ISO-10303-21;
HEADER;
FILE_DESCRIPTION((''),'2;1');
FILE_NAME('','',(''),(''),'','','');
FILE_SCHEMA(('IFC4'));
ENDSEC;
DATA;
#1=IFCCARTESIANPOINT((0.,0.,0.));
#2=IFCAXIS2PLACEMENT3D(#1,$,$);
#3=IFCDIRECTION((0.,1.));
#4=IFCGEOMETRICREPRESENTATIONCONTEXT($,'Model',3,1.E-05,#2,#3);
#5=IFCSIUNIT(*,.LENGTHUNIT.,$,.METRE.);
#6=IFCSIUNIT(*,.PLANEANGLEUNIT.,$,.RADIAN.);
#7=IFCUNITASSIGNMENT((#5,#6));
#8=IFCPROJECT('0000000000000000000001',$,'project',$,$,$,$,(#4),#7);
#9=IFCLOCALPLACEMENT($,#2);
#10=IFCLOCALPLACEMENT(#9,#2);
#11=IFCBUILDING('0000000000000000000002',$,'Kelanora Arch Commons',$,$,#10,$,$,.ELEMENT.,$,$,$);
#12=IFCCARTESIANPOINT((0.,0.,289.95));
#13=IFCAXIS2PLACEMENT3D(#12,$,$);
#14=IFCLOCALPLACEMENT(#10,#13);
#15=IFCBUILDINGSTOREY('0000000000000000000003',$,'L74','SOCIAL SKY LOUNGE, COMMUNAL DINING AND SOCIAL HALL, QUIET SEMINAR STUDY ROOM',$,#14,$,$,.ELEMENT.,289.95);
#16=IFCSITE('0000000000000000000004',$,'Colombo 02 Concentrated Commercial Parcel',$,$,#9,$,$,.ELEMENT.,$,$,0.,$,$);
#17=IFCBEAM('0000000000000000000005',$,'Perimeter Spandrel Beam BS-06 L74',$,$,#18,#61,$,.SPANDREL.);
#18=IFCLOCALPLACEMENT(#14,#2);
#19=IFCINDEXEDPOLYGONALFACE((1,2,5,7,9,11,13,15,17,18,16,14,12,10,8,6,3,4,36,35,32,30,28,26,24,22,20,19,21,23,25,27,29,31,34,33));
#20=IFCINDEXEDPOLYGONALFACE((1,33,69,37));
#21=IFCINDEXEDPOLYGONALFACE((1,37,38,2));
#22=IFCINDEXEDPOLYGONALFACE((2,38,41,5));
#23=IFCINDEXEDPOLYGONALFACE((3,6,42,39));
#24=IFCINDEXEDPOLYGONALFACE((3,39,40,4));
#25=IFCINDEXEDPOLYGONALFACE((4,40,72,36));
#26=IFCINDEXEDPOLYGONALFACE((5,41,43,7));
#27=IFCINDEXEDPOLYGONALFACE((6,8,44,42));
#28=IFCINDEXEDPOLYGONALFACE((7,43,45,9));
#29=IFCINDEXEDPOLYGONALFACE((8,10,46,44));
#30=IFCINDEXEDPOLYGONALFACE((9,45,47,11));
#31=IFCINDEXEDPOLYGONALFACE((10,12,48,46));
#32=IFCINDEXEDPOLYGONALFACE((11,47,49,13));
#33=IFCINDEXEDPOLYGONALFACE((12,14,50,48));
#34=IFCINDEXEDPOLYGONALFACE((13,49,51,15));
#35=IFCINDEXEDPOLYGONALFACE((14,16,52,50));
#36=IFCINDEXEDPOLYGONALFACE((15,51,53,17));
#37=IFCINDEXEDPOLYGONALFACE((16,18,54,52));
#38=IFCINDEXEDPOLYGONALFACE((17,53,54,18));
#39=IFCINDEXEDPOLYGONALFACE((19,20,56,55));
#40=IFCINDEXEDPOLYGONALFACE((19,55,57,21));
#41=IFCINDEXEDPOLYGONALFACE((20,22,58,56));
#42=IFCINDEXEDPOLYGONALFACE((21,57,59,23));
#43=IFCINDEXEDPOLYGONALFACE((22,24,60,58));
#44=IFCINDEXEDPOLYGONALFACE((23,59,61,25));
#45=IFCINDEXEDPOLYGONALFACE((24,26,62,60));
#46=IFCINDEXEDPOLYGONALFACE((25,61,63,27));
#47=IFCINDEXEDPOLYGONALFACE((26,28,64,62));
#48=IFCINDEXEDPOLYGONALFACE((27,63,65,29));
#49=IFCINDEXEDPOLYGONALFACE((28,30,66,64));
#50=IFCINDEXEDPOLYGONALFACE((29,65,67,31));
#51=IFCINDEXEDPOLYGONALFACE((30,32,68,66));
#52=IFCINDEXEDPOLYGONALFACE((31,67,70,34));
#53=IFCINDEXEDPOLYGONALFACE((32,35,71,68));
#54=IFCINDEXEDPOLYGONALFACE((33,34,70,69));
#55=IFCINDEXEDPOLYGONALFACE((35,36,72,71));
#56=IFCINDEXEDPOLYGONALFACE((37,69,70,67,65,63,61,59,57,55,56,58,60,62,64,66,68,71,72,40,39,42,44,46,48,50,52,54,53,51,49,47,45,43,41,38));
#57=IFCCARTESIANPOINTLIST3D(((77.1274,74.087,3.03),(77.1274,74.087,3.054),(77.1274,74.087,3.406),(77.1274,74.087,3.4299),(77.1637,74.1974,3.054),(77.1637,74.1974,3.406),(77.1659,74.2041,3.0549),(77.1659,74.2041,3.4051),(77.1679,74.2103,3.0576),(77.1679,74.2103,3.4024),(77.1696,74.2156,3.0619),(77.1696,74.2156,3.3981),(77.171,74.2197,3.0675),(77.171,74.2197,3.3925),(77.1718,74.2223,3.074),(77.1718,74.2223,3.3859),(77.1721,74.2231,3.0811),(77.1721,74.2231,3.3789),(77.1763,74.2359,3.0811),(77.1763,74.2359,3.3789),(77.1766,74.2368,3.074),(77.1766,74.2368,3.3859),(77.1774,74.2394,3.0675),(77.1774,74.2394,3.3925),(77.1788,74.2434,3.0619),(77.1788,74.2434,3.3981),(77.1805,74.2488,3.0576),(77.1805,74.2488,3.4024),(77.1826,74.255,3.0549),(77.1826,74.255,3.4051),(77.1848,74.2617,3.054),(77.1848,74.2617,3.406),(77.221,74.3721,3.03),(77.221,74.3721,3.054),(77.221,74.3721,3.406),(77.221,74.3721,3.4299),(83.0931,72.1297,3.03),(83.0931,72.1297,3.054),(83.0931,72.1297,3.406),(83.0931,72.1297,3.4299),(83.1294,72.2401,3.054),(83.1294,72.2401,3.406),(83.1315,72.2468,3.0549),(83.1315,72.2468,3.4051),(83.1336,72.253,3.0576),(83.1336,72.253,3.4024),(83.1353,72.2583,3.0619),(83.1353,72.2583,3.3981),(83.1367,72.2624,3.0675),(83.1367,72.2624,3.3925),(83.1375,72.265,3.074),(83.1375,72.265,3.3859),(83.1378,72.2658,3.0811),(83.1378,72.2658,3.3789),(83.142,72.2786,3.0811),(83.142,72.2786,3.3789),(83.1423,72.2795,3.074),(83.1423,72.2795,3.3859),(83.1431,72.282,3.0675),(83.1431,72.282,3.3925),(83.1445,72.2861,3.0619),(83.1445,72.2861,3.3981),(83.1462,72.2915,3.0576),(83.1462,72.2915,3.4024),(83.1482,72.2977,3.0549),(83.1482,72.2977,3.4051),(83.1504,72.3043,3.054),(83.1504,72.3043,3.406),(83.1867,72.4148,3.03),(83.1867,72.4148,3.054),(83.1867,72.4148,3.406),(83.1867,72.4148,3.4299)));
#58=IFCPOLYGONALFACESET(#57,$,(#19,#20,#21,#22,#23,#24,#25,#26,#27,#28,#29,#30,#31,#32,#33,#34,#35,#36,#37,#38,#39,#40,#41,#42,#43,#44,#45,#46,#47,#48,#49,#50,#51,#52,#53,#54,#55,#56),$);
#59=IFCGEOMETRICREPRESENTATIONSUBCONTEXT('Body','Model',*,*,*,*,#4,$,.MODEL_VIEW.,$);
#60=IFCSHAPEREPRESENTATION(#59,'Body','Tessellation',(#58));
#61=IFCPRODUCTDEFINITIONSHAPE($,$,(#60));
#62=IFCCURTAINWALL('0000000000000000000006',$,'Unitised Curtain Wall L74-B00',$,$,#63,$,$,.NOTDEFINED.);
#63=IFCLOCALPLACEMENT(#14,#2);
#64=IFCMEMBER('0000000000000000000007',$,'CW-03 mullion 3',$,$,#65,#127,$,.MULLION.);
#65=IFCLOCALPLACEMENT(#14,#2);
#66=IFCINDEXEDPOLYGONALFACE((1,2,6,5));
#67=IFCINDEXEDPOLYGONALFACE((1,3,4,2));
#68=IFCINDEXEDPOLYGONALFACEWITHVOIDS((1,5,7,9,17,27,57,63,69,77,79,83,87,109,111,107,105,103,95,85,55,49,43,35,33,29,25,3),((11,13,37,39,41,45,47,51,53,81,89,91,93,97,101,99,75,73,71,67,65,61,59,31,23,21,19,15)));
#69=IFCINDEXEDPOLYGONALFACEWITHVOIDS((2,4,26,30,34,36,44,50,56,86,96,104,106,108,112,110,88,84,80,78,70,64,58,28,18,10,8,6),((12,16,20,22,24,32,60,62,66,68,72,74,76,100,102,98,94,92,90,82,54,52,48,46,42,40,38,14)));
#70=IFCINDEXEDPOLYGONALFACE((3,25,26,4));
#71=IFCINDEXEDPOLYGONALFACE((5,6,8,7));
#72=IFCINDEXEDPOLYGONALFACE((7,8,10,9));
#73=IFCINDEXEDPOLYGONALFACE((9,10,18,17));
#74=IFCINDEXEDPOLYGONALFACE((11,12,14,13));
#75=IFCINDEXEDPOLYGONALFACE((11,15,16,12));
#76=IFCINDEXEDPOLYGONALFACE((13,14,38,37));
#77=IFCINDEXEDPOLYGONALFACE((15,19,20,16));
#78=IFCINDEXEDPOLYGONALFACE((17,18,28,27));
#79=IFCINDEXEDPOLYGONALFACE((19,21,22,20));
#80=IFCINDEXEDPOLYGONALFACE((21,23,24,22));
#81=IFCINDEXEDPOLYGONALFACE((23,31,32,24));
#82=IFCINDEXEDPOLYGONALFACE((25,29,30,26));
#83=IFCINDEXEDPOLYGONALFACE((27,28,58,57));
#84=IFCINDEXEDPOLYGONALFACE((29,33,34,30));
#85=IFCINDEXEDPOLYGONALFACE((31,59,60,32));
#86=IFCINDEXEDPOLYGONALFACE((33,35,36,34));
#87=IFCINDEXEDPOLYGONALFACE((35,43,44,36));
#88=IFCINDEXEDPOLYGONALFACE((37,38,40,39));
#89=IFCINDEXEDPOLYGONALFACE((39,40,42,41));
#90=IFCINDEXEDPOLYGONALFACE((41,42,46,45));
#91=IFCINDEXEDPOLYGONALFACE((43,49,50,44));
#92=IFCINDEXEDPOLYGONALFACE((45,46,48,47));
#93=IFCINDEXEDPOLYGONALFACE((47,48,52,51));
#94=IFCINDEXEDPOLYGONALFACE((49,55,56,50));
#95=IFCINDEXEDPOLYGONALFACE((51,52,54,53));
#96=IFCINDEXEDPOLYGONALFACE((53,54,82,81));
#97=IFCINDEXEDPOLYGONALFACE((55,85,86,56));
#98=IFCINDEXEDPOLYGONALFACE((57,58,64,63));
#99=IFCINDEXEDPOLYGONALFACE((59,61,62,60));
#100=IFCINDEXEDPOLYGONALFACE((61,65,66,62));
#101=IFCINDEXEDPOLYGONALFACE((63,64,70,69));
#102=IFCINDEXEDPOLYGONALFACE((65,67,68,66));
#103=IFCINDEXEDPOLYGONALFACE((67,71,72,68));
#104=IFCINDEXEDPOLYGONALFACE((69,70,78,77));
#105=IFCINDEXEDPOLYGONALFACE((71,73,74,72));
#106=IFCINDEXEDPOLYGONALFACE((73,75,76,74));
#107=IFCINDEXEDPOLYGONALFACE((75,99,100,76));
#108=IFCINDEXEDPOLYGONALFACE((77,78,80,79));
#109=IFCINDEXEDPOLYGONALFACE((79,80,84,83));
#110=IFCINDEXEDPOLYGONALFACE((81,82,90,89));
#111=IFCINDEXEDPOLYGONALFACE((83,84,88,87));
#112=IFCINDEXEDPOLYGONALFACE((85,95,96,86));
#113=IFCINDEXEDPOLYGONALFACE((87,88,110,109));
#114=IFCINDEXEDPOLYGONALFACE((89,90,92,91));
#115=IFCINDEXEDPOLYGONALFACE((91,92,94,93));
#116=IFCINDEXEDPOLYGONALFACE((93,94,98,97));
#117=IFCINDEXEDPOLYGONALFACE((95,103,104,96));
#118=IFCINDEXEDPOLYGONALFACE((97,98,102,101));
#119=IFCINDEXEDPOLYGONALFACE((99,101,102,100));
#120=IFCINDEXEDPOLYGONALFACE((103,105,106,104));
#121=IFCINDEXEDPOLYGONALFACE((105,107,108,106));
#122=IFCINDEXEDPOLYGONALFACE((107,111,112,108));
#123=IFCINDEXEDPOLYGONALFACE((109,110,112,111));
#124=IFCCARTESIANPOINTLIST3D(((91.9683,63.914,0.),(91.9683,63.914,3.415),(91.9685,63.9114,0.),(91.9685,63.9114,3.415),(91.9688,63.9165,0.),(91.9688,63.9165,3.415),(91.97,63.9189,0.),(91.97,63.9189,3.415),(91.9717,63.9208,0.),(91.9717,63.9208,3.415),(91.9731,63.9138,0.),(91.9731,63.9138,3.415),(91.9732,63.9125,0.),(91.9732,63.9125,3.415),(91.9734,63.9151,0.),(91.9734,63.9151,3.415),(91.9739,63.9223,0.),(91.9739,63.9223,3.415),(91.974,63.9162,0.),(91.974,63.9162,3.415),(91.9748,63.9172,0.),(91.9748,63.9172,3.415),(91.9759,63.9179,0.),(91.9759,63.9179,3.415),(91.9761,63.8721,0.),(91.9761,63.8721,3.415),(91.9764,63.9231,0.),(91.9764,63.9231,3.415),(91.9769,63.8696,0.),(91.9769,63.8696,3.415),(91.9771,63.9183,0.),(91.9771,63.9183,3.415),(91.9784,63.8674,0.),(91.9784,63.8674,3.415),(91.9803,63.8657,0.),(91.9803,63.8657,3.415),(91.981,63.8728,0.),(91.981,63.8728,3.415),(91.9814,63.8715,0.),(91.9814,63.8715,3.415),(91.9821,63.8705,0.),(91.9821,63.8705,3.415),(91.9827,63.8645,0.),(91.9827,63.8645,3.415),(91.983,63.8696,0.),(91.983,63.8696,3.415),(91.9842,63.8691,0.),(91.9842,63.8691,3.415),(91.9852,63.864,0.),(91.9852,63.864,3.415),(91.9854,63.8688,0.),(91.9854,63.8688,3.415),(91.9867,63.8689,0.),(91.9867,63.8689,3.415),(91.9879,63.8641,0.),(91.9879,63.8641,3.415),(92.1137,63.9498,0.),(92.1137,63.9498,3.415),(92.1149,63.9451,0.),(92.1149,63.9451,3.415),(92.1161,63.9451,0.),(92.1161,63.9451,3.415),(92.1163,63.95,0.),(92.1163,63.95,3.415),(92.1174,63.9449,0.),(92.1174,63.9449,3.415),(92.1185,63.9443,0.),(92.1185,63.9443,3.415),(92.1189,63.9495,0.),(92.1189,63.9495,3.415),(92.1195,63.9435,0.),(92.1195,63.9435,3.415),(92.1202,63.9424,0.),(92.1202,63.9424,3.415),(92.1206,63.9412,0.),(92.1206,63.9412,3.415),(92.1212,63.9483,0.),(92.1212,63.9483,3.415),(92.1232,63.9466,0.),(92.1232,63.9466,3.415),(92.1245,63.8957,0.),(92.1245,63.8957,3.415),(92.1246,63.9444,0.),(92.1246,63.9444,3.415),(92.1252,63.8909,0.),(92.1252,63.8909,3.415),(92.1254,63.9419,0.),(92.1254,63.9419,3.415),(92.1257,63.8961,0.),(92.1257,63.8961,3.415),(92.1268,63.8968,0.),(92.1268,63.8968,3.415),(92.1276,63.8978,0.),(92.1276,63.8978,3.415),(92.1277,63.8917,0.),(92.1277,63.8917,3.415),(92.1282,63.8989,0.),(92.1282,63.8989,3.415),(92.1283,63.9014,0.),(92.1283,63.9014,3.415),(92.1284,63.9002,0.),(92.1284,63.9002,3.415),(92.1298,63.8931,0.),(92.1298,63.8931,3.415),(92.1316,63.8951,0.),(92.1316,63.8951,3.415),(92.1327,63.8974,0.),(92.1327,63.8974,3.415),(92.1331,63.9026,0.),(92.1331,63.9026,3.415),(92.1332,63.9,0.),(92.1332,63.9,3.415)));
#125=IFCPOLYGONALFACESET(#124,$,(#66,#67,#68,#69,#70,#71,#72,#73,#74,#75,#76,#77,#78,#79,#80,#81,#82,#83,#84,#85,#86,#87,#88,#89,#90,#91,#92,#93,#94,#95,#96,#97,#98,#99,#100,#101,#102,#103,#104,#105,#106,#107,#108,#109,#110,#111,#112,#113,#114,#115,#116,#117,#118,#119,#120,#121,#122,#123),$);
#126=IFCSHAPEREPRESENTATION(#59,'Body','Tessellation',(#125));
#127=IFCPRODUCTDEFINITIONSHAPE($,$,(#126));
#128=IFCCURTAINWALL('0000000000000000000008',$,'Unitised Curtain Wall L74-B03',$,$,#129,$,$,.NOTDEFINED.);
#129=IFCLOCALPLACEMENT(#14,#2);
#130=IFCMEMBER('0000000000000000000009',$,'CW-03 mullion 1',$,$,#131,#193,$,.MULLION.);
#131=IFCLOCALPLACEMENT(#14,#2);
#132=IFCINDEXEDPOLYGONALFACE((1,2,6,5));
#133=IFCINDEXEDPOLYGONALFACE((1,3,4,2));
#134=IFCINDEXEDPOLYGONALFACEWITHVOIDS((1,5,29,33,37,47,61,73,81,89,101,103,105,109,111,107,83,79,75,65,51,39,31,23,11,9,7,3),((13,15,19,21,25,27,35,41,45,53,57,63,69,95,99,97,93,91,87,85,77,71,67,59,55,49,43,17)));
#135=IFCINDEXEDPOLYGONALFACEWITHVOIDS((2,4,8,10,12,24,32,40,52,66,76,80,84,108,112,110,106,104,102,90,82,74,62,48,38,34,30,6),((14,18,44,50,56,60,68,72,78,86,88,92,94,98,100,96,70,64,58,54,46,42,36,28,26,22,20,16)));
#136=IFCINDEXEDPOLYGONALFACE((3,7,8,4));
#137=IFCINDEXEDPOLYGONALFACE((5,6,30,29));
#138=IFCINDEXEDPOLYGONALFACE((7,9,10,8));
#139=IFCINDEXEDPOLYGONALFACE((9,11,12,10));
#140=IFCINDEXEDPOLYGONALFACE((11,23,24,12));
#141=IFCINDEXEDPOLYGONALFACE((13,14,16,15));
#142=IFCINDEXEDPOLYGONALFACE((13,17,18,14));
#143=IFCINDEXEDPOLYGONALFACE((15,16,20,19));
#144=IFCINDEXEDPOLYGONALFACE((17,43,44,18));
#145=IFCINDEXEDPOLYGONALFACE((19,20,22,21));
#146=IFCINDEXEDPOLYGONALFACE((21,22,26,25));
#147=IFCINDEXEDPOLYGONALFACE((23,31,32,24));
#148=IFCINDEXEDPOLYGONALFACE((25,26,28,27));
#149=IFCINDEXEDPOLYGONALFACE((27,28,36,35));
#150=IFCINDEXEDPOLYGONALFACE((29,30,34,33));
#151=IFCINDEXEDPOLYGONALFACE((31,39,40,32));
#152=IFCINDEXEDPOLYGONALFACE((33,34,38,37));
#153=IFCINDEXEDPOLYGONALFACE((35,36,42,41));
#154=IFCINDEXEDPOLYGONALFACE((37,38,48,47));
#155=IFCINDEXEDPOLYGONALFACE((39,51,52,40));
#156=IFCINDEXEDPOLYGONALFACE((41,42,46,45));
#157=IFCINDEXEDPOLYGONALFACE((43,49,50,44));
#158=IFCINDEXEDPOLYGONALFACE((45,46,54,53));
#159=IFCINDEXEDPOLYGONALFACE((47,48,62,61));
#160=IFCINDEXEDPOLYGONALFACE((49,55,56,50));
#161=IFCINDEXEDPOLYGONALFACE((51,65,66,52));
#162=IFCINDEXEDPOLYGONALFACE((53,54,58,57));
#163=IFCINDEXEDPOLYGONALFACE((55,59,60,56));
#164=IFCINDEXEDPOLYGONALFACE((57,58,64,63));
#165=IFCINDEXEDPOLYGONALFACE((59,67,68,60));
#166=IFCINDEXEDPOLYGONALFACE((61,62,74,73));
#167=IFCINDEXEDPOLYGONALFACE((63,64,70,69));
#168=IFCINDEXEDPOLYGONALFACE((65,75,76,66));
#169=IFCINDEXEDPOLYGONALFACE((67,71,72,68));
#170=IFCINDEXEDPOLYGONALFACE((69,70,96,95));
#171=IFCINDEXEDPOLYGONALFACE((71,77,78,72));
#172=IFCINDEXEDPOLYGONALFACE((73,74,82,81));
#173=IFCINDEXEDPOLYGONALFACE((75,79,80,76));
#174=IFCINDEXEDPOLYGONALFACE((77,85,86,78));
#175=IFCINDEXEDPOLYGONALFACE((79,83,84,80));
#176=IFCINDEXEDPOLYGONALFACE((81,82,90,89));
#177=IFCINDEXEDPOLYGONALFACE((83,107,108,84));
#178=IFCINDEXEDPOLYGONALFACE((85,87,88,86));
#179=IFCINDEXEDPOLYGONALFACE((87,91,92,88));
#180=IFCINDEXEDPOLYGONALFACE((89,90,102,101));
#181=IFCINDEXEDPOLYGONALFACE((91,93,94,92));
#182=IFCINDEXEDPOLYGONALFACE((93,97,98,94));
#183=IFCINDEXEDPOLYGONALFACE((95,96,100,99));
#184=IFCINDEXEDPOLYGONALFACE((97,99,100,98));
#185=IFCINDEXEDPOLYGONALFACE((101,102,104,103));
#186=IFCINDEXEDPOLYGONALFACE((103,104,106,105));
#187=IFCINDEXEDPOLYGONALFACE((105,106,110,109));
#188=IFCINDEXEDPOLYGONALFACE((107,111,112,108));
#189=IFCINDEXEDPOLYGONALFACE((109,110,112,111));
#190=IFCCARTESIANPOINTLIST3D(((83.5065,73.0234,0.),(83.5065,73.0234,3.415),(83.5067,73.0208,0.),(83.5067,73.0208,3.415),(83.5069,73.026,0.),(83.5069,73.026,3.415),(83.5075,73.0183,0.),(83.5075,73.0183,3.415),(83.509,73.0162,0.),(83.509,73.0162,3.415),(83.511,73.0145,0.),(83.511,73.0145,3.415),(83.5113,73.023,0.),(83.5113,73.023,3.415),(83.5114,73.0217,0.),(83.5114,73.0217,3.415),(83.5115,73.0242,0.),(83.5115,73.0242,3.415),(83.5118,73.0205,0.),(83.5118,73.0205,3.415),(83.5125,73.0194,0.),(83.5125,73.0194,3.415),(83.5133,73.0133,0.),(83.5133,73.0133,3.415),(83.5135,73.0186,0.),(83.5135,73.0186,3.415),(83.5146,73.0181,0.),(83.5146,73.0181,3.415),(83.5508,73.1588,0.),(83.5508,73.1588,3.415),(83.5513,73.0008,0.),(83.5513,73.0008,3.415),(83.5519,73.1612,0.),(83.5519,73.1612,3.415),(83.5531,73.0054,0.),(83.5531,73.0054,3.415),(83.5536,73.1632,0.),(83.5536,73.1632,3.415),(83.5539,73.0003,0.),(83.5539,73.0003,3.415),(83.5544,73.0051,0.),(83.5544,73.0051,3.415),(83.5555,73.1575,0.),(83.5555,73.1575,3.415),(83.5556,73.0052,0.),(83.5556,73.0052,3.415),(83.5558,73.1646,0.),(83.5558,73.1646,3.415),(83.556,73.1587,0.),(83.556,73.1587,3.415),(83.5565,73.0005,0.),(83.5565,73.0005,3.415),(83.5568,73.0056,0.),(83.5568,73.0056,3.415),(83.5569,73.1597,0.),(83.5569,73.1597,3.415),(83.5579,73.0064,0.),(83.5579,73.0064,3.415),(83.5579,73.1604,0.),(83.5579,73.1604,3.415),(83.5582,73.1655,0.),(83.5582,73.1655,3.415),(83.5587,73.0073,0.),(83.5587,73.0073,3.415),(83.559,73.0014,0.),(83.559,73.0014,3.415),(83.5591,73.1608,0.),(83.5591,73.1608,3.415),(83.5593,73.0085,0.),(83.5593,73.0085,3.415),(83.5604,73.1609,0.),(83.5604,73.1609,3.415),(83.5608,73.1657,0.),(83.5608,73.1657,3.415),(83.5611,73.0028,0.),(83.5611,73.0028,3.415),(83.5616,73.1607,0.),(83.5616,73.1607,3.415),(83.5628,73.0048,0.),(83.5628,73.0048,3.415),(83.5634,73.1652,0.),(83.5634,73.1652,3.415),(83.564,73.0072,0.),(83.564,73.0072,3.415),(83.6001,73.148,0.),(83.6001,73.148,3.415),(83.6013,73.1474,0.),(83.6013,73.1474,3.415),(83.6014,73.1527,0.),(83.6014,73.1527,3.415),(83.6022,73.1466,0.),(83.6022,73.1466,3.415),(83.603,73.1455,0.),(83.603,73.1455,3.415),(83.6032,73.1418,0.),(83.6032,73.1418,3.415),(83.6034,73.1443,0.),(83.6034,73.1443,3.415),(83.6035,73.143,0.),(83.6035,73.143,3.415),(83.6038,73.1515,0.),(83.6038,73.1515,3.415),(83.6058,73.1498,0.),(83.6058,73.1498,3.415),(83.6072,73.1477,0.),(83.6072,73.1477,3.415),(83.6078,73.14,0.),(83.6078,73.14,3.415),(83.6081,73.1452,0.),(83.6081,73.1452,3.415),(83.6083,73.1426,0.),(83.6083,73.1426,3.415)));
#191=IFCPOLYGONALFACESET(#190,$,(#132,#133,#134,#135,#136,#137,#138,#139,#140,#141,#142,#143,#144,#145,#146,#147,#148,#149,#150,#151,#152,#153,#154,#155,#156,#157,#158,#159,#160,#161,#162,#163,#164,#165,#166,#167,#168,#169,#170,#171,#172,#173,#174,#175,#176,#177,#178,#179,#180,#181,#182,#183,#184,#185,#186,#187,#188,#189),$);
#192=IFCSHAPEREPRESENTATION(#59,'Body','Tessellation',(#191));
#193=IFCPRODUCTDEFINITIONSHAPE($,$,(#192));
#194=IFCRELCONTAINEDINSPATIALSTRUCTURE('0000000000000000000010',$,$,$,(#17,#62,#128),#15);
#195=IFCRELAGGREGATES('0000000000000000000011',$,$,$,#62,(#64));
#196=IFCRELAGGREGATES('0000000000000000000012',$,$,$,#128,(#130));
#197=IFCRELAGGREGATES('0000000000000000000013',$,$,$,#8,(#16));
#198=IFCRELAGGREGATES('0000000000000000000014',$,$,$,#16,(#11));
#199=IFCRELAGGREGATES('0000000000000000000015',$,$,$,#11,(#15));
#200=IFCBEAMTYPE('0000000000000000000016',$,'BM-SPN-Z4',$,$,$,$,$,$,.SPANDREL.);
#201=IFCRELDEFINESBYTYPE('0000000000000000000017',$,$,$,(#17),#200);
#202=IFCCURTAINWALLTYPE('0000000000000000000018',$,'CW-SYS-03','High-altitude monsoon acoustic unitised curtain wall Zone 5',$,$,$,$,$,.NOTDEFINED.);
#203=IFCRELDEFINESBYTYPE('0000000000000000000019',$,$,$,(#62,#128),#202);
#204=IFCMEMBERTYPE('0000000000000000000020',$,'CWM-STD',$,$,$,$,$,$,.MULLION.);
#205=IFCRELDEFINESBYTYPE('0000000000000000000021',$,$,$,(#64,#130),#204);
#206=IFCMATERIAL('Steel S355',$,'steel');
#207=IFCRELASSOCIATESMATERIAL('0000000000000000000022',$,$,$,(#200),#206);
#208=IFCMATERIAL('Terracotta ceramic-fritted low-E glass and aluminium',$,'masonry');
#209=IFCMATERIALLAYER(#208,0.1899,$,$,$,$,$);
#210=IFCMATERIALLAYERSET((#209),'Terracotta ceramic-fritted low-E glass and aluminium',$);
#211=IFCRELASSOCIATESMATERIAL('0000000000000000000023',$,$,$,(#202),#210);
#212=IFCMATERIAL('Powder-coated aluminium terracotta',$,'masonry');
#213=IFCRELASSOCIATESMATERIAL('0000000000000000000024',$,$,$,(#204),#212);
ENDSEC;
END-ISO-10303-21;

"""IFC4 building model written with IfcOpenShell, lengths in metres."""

from ifc_helpers import new_model, si_unit, direction, frame, origin, origin_2d, place, context, subcontext, project, spatial, hollow_rectangle, i_section, extrude, material, layer, layer_set, material_profile, profile_set, type_object, element, aggregate, save


model = new_model("IFC4")

# Units and contexts
model_context = context("Model", 3, precision=1e-05, world=origin(), true_north=direction((0.0, 1.0)))
body_context = subcontext(model_context, "Body", "Model", "MODEL_VIEW")
ifc_project = project(units=[si_unit("LENGTHUNIT", "METRE"), si_unit("PLANEANGLEUNIT", "RADIAN")], contexts=[model_context])

# Site, building, storey
site_placement = place(None, origin())
site = spatial("IfcSite", under=ifc_project, at=site_placement, Name="Colombo 02 Concentrated Commercial Parcel", CompositionType="ELEMENT", RefElevation=0.0)
building_placement = place(site_placement, origin())
building = spatial("IfcBuilding", under=site, at=building_placement, Name="Kelanora Arch Commons", CompositionType="ELEMENT")
storey_placement = place(building_placement, frame((0.0, 0.0, 289.95)))
storey = spatial("IfcBuildingStorey", under=building, at=storey_placement, Name="L74", Description="SOCIAL SKY LOUNGE, COMMUNAL DINING AND SOCIAL HALL, QUIET SEMINAR STUDY ROOM", CompositionType="ELEMENT", Elevation=289.95)

# Beam
ifc_material_1 = material(Name="Steel S355", Category="steel")
ifc_material_profile_1 = material_profile(ifc_material_1, i_section(OverallWidth=0.3, OverallDepth=0.3999, WebThickness=0.0134, FlangeThickness=0.0239, FilletRadius=0.0271, at=origin_2d()), Name="HEB400")
ifc_profile_set_1 = profile_set([ifc_material_profile_1], Name="Steel S355")
beam_type_1 = type_object("IfcBeamType", Name="BM-SPN-Z4", PredefinedType="SPANDREL", material=ifc_profile_set_1)
beam_1_placement = place(storey_placement, frame((83.1399, 72.2722, 3.23), z_axis=(-0.950166, 0.311745, 0.0), x_axis=(-0.311745, -0.950166, 0.0)))
element("IfcBeam", 1, at=beam_1_placement, inside=storey, type_object=beam_type_1, Name="Perimeter Spandrel Beam BS-06 L74", PredefinedType="SPANDREL", context=body_context, shape_type="SweptSolid", body=[
    extrude(i_section(OverallWidth=0.3, OverallDepth=0.3999, WebThickness=0.0134, FlangeThickness=0.0239, FilletRadius=0.0271, at=origin_2d()), origin(), (0.0, 0.0, 1.0), 6.2786),
])

# Curtain wall, member
ifc_material_2 = material(Name="Terracotta ceramic-fritted low-E glass and aluminium", Category="masonry")
ifc_layer_1 = layer(ifc_material_2, 0.1899)
ifc_layer_set_1 = layer_set([ifc_layer_1], Name="Terracotta ceramic-fritted low-E glass and aluminium")
curtain_wall_type = type_object("IfcCurtainWallType", Name="CW-SYS-03", Description="High-altitude monsoon acoustic unitised curtain wall Zone 5", PredefinedType="NOTDEFINED", material=ifc_layer_set_1)
curtain_wall_1_placement = place(storey_placement, origin())
curtain_wall_1 = element("IfcCurtainWall", 2, at=curtain_wall_1_placement, inside=storey, type_object=curtain_wall_type, Name="Unitised Curtain Wall L74-B00", PredefinedType="NOTDEFINED")
ifc_material_3 = material(Name="Powder-coated aluminium terracotta", Category="masonry")
ifc_material_profile_2 = material_profile(ifc_material_3, hollow_rectangle(XDim=0.1599, YDim=0.0601, WallThickness=0.0049, InnerFilletRadius=0.0049, OuterFilletRadius=0.01, at=origin_2d()), Name="CWM160x60")
ifc_profile_set_2 = profile_set([ifc_material_profile_2], Name="Powder-coated aluminium terracotta")
member_type_1 = type_object("IfcMemberType", Name="CWM-STD", PredefinedType="MULLION", material=ifc_profile_set_2)
member_1_placement = place(storey_placement, frame((92.0508, 63.907, 0.0), z_axis=(0.0, 0.0, 1.0), x_axis=(-0.981596, -0.190972, 0.0)))
member_1 = element("IfcMember", 3, at=member_1_placement, type_object=member_type_1, Name="CW-03 mullion 3", PredefinedType="MULLION", context=body_context, shape_type="SweptSolid", body=[
    extrude(hollow_rectangle(XDim=0.1599, YDim=0.0601, WallThickness=0.0049, InnerFilletRadius=0.0049, OuterFilletRadius=0.01, at=origin_2d()), origin(), (0.0, 0.0, 1.0), 3.415),
])
aggregate(curtain_wall_1, [member_1])

# Curtain wall, member
curtain_wall_2_placement = place(storey_placement, origin())
curtain_wall_2 = element("IfcCurtainWall", 4, at=curtain_wall_2_placement, inside=storey, type_object=curtain_wall_type, Name="Unitised Curtain Wall L74-B03", PredefinedType="NOTDEFINED")
member_2_placement = place(storey_placement, frame((83.5574, 73.083, 0.0), z_axis=(0.0, 0.0, 1.0), x_axis=(-0.313253, -0.94967, 0.0)))
member_2 = element("IfcMember", 5, at=member_2_placement, type_object=member_type_1, Name="CW-03 mullion 1", PredefinedType="MULLION", context=body_context, shape_type="SweptSolid", body=[
    extrude(hollow_rectangle(XDim=0.1599, YDim=0.0601, WallThickness=0.0049, InnerFilletRadius=0.0049, OuterFilletRadius=0.01, at=origin_2d()), origin(), (0.0, 0.0, 1.0), 3.415),
])
aggregate(curtain_wall_2, [member_2])

save(model, "model.ifc")
